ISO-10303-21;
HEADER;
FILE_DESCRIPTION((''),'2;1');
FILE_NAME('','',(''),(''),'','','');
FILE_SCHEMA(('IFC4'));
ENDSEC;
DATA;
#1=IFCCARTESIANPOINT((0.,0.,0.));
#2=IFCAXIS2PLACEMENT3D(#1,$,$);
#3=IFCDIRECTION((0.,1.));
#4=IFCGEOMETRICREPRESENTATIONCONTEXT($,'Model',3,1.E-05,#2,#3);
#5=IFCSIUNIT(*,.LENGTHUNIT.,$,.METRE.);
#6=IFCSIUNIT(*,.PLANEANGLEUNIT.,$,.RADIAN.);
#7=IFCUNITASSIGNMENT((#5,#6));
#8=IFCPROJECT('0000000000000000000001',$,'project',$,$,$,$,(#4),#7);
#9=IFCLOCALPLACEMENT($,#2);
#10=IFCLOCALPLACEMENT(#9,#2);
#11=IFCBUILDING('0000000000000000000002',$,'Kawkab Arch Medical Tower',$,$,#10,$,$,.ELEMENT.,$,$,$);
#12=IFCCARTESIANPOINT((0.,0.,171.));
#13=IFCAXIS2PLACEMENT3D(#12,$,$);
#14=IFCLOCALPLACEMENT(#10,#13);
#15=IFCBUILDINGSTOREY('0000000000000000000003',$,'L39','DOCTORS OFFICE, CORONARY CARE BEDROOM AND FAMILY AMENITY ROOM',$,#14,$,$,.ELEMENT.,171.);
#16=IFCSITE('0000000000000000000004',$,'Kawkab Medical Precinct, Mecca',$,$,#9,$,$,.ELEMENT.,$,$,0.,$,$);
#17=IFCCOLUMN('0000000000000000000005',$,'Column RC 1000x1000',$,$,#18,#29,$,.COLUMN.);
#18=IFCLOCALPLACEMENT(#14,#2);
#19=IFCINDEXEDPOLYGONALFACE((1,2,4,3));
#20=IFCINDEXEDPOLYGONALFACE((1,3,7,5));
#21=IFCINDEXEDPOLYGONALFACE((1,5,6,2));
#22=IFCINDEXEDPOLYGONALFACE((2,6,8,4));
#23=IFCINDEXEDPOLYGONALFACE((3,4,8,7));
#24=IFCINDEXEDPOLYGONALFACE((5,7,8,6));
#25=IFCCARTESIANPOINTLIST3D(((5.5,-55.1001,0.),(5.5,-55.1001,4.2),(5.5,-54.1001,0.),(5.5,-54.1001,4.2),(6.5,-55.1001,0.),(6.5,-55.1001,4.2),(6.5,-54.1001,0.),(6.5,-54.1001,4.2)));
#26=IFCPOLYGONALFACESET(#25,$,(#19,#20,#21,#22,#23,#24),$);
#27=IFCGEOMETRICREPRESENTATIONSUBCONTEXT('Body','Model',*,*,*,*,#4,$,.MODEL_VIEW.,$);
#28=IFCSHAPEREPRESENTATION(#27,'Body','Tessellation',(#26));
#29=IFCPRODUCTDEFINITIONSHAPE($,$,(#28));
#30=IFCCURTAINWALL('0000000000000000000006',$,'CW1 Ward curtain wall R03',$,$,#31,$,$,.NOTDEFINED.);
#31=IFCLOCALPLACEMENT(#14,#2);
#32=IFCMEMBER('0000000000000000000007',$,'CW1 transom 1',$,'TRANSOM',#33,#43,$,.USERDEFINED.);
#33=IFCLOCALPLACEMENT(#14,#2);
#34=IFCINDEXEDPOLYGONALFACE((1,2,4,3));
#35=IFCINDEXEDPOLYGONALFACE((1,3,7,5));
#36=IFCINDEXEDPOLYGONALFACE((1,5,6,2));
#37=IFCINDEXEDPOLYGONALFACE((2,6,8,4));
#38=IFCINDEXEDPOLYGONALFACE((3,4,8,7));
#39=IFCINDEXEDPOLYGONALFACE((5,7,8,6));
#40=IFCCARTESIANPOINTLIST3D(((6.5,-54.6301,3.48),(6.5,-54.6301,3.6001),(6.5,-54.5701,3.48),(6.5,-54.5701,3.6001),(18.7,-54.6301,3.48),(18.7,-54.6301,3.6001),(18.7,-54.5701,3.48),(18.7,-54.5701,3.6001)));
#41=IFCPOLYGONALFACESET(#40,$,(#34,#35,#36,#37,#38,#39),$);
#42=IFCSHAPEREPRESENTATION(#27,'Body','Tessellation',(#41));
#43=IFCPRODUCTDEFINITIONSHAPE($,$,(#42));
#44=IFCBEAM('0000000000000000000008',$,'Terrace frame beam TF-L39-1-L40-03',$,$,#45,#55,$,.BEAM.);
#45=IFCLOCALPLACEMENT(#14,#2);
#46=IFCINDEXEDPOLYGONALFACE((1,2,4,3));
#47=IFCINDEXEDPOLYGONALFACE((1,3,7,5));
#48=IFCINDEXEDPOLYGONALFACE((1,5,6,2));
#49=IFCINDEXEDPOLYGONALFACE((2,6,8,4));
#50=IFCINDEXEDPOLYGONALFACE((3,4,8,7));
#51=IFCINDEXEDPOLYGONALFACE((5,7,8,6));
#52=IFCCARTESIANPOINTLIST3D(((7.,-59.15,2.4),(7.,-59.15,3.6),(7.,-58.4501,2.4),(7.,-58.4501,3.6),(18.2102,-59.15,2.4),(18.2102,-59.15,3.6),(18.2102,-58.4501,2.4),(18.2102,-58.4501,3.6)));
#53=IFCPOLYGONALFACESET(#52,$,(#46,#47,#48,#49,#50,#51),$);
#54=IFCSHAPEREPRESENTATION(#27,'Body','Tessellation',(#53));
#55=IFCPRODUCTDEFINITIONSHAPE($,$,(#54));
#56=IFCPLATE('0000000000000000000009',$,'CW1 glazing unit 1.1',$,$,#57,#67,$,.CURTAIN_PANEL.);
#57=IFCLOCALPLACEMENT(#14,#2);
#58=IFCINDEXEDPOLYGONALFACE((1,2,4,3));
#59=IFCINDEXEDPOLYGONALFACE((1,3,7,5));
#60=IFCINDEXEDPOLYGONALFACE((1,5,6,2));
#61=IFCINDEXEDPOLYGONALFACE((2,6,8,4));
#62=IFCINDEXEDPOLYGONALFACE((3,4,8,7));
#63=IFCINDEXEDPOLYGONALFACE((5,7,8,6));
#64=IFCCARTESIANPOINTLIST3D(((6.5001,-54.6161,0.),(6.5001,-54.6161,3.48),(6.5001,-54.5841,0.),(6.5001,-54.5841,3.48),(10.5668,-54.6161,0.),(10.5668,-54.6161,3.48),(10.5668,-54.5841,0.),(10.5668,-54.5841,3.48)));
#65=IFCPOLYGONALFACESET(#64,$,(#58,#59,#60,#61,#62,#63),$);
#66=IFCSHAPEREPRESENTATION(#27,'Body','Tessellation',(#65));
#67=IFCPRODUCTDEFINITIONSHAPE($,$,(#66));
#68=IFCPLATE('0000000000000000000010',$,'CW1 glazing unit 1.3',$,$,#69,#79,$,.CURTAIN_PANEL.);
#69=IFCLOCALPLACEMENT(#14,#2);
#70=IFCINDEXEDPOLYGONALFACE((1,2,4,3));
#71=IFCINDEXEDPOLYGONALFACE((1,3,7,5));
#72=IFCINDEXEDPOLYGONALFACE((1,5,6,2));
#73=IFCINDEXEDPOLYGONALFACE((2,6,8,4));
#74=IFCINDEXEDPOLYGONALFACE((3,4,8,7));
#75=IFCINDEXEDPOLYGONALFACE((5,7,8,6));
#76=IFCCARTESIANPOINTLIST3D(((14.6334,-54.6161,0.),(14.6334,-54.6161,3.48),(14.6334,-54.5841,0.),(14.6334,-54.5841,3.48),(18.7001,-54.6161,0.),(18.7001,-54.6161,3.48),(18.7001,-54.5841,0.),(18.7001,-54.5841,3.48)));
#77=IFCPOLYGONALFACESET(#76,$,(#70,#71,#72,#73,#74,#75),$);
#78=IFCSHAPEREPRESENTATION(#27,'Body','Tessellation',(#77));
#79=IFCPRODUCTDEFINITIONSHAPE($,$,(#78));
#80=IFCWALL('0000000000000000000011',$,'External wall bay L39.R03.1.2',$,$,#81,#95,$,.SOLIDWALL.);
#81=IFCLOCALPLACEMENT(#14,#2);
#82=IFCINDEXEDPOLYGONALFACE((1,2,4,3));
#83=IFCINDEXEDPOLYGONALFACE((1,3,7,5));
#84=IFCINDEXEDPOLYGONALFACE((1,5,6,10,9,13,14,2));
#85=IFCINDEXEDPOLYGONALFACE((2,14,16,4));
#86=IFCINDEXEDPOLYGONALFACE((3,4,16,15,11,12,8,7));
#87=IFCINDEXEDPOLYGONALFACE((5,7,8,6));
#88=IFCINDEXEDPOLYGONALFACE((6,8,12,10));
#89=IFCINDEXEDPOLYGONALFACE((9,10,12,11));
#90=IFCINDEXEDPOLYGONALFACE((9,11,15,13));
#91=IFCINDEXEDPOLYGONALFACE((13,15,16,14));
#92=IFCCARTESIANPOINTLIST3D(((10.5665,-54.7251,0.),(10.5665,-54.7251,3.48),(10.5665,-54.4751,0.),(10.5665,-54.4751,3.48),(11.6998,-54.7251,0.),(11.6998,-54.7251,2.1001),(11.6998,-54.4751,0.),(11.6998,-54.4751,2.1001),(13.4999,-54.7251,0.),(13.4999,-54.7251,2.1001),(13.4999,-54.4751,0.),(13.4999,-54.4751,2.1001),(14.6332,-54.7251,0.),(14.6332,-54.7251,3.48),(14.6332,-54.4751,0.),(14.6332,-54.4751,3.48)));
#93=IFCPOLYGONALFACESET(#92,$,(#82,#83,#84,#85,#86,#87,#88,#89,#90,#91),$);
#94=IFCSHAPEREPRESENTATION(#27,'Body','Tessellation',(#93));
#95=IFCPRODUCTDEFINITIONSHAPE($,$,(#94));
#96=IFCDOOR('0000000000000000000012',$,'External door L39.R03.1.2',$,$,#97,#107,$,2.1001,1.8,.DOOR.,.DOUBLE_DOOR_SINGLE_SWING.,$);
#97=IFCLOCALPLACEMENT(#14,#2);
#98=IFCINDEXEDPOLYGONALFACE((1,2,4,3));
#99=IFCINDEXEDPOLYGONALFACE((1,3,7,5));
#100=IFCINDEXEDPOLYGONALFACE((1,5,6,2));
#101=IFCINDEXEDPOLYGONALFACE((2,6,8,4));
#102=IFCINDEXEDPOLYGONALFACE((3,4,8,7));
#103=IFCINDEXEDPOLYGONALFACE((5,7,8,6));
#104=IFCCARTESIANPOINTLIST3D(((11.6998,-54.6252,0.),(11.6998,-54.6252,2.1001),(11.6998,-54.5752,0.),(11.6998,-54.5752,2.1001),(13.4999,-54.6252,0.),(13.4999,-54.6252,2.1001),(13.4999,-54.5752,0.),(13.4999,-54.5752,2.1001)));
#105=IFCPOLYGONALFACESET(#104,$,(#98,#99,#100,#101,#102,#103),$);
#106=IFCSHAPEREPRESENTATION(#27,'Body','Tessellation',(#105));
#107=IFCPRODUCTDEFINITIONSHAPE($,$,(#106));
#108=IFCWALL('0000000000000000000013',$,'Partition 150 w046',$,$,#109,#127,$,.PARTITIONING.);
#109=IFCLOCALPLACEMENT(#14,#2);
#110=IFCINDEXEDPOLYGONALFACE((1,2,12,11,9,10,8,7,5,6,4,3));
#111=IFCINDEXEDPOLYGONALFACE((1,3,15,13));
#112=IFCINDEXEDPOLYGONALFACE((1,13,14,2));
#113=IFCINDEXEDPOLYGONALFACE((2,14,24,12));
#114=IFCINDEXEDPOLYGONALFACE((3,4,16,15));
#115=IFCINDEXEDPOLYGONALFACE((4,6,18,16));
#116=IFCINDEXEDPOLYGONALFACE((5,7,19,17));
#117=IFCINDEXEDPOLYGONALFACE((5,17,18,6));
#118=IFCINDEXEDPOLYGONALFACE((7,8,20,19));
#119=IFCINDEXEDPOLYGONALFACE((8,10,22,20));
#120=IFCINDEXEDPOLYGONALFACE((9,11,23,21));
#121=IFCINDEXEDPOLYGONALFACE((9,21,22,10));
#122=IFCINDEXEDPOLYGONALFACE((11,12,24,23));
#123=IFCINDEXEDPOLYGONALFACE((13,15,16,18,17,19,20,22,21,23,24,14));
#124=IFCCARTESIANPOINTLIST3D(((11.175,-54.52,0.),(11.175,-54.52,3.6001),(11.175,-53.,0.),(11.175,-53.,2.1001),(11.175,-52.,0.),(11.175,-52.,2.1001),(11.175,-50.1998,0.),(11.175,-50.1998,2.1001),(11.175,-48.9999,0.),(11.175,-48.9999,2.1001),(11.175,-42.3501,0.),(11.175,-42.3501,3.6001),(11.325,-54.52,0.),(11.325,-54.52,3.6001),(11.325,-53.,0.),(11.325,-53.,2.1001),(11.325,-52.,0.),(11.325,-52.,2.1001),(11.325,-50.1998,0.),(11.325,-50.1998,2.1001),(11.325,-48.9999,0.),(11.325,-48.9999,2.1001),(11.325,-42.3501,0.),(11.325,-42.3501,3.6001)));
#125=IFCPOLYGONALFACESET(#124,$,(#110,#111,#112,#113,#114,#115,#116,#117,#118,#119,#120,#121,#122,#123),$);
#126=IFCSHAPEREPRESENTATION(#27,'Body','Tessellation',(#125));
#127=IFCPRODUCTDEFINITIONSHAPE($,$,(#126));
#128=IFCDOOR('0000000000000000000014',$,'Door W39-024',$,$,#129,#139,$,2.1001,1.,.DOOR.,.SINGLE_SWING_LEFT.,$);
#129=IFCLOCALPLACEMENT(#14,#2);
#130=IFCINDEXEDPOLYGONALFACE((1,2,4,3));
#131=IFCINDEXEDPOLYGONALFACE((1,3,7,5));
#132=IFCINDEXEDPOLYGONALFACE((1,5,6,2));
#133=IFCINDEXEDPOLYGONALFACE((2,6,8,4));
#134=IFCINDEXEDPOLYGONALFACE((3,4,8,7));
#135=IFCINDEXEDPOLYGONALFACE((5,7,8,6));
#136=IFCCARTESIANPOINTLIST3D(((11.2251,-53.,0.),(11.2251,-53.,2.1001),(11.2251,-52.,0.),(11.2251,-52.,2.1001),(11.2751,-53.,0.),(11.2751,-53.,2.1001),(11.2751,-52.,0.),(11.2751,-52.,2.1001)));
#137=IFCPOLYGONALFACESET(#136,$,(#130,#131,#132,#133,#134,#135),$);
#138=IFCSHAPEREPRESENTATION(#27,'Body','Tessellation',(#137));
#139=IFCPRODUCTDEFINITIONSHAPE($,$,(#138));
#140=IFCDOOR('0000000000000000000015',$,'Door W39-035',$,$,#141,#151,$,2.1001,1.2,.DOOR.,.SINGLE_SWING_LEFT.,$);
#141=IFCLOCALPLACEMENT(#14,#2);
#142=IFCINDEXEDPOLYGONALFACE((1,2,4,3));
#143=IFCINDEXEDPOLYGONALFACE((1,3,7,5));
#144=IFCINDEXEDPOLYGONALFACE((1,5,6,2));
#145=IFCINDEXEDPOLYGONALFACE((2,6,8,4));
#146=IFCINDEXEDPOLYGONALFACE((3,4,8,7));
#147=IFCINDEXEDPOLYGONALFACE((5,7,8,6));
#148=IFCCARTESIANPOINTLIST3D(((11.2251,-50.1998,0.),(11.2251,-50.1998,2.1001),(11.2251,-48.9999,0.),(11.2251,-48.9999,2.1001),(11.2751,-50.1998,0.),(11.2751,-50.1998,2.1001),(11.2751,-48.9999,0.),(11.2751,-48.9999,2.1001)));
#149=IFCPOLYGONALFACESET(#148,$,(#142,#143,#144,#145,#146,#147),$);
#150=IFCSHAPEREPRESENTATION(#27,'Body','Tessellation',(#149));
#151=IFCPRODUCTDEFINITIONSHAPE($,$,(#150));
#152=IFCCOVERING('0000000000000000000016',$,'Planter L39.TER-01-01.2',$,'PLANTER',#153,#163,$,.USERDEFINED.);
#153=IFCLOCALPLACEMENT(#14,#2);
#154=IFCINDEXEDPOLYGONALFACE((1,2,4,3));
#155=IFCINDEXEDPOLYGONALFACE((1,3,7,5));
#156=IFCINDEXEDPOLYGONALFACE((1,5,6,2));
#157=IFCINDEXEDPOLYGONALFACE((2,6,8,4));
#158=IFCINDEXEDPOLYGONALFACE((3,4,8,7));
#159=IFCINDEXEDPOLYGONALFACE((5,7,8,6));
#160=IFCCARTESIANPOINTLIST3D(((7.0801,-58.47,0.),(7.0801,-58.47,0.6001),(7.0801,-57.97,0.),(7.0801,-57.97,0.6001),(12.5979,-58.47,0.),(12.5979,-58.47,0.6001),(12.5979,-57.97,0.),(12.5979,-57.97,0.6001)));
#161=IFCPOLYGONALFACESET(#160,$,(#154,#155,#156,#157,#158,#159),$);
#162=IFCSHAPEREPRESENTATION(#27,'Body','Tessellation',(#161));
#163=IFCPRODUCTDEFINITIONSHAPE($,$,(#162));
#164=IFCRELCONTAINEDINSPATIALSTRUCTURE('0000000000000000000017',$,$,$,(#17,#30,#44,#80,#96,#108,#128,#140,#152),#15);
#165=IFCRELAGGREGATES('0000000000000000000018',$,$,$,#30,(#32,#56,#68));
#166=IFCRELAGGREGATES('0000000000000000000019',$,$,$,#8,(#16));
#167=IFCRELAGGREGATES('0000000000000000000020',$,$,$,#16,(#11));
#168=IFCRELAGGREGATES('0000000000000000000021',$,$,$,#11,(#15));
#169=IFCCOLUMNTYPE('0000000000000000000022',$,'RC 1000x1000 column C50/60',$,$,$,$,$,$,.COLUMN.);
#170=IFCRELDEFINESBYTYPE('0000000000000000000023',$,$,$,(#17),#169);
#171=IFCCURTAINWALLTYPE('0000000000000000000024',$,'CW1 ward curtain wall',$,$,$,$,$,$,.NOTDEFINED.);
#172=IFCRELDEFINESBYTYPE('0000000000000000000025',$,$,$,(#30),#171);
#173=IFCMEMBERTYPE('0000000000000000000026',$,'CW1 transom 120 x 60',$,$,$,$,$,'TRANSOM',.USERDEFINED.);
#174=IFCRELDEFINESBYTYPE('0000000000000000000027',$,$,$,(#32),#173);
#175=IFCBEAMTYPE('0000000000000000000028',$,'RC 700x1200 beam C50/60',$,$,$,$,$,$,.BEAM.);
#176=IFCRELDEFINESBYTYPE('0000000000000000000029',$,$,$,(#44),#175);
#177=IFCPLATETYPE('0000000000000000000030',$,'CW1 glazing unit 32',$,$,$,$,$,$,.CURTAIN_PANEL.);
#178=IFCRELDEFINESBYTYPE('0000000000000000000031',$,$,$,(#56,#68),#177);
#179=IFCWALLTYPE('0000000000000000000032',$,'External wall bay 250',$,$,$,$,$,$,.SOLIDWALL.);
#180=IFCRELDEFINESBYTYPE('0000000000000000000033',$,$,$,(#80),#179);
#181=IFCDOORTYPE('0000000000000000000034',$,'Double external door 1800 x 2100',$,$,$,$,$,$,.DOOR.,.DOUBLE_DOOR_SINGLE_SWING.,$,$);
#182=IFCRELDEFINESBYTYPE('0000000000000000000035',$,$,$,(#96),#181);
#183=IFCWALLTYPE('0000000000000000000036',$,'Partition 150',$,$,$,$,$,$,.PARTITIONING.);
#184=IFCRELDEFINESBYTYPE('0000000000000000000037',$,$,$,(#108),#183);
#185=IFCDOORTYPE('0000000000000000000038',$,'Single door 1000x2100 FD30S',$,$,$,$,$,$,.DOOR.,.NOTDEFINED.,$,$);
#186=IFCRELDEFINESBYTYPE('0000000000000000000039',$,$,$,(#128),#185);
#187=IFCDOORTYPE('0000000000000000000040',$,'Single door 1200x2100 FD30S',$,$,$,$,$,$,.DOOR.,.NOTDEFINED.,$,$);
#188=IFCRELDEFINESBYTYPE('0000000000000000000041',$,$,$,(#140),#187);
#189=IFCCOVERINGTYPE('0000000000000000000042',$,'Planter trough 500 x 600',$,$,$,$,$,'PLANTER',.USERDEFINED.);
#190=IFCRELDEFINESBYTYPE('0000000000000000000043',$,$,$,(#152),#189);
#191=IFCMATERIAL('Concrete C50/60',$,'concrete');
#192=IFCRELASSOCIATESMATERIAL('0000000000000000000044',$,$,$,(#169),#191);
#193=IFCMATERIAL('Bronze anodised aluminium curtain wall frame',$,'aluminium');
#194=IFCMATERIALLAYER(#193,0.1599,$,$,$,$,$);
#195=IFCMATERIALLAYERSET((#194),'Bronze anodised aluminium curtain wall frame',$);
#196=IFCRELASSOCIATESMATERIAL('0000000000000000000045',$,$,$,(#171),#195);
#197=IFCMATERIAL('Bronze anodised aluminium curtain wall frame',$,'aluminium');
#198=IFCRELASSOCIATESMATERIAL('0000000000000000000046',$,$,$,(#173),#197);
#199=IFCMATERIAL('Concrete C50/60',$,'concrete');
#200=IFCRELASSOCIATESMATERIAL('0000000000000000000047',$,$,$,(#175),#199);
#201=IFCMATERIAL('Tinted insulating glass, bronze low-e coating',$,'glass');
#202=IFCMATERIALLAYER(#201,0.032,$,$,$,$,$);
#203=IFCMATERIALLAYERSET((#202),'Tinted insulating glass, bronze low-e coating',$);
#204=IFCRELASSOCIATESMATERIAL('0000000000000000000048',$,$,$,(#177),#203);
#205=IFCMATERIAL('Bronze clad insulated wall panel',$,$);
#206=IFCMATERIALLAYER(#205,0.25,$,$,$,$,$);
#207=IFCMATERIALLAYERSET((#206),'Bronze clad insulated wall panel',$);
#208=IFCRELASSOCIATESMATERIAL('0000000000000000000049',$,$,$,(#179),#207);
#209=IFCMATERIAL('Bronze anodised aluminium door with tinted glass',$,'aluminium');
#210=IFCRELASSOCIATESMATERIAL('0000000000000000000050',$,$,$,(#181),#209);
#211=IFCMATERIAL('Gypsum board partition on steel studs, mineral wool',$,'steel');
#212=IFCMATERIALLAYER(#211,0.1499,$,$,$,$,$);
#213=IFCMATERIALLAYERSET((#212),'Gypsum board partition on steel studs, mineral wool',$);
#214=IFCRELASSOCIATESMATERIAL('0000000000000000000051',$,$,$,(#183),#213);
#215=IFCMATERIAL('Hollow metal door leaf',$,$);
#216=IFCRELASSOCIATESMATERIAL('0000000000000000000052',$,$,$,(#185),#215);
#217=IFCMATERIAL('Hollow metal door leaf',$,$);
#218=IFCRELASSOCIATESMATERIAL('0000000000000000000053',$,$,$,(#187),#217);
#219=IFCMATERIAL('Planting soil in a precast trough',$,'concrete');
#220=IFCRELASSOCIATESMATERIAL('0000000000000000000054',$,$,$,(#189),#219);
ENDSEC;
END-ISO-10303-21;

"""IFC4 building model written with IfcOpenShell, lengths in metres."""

from ifc_helpers import new_model, si_unit, direction, frame, frame_2d, origin, origin_2d, place, context, subcontext, project, spatial, rectangle, extrude, material, layer, layer_set, material_profile, profile_set, type_object, element, fill, aggregate, save


model = new_model("IFC4")

# Units and contexts
model_context = context("Model", 3, precision=1e-05, world=origin(), true_north=direction((0.0, 1.0)))
body_context = subcontext(model_context, "Body", "Model", "MODEL_VIEW")
ifc_project = project(units=[si_unit("LENGTHUNIT", "METRE"), si_unit("PLANEANGLEUNIT", "RADIAN")], contexts=[model_context])

# Site, building, storey
site_placement = place(None, origin())
site = spatial("IfcSite", under=ifc_project, at=site_placement, Name="Kawkab Medical Precinct, Mecca", CompositionType="ELEMENT", RefElevation=0.0)
building_placement = place(site_placement, origin())
building = spatial("IfcBuilding", under=site, at=building_placement, Name="Kawkab Arch Medical Tower", CompositionType="ELEMENT")
storey_placement = place(building_placement, frame((0.0, 0.0, 171.0)))
storey = spatial("IfcBuildingStorey", under=building, at=storey_placement, Name="L39", Description="DOCTORS OFFICE, CORONARY CARE BEDROOM AND FAMILY AMENITY ROOM", CompositionType="ELEMENT", Elevation=171.0)

# Column
ifc_material_1 = material(Name="Concrete C50/60", Category="concrete")
ifc_material_profile_1 = material_profile(ifc_material_1, rectangle(XDim=1.0, YDim=1.0, at=origin_2d()), Name="RC 1000x1000")
ifc_profile_set_1 = profile_set([ifc_material_profile_1], Name="Concrete C50/60")
column_type = type_object("IfcColumnType", Name="RC 1000x1000 column C50/60", PredefinedType="COLUMN", material=ifc_profile_set_1)
column_placement = place(storey_placement, frame((6.0, -54.6001, 0.0), z_axis=(0.0, 0.0, 1.0), x_axis=(1.0, 0.0, 0.0)))
element("IfcColumn", 1, at=column_placement, inside=storey, type_object=column_type, Name="Column RC 1000x1000", PredefinedType="COLUMN", context=body_context, shape_type="SweptSolid", body=[
    extrude(rectangle(XDim=1.0, YDim=1.0, at=origin_2d()), origin(), (0.0, 0.0, 1.0), 4.2),
])

# Curtain wall, member
ifc_material_2 = material(Name="Bronze anodised aluminium curtain wall frame", Category="aluminium")
ifc_layer_1 = layer(ifc_material_2, 0.1599)
ifc_layer_set_1 = layer_set([ifc_layer_1], Name="Bronze anodised aluminium curtain wall frame")
curtain_wall_type = type_object("IfcCurtainWallType", Name="CW1 ward curtain wall", PredefinedType="NOTDEFINED", material=ifc_layer_set_1)
curtain_wall_placement = place(storey_placement, origin())
curtain_wall = element("IfcCurtainWall", 2, at=curtain_wall_placement, inside=storey, type_object=curtain_wall_type, Name="CW1 Ward curtain wall R03", PredefinedType="NOTDEFINED")
ifc_material_3 = material(Name="Bronze anodised aluminium curtain wall frame", Category="aluminium")
ifc_material_profile_2 = material_profile(ifc_material_3, rectangle(XDim=0.0601, YDim=0.1201, at=origin_2d()), Name="AL 60x120")
ifc_profile_set_2 = profile_set([ifc_material_profile_2], Name="Bronze anodised aluminium curtain wall frame")
member_type = type_object("IfcMemberType", Name="CW1 transom 120 x 60", ElementType="TRANSOM", PredefinedType="USERDEFINED", material=ifc_profile_set_2)
member_placement = place(storey_placement, frame((6.5, -54.6001, 3.54), z_axis=(1.0, 0.0, 0.0), x_axis=(0.0, 1.0, 0.0)))
member = element("IfcMember", 3, at=member_placement, type_object=member_type, Name="CW1 transom 1", ObjectType="TRANSOM", PredefinedType="USERDEFINED", context=body_context, shape_type="SweptSolid", body=[
    extrude(rectangle(XDim=0.0601, YDim=0.1201, at=origin_2d()), origin(), (0.0, 0.0, 1.0), 12.2),
])

# Beam
ifc_material_4 = material(Name="Concrete C50/60", Category="concrete")
ifc_material_profile_3 = material_profile(ifc_material_4, rectangle(XDim=0.7, YDim=1.2, at=origin_2d()), Name="RC 700x1200")
ifc_profile_set_3 = profile_set([ifc_material_profile_3], Name="Concrete C50/60")
beam_type = type_object("IfcBeamType", Name="RC 700x1200 beam C50/60", PredefinedType="BEAM", material=ifc_profile_set_3)
beam_placement = place(storey_placement, frame((18.2102, -58.8, 3.0), z_axis=(-1.0, 0.0, 0.0), x_axis=(0.0, -1.0, 0.0)))
element("IfcBeam", 4, at=beam_placement, inside=storey, type_object=beam_type, Name="Terrace frame beam TF-L39-1-L40-03", PredefinedType="BEAM", context=body_context, shape_type="SweptSolid", body=[
    extrude(rectangle(XDim=0.7, YDim=1.2, at=origin_2d()), origin(), (0.0, 0.0, 1.0), 11.2102),
])

# Plates
ifc_material_5 = material(Name="Tinted insulating glass, bronze low-e coating", Category="glass")
ifc_layer_2 = layer(ifc_material_5, 0.032)
ifc_layer_set_2 = layer_set([ifc_layer_2], Name="Tinted insulating glass, bronze low-e coating")
plate_type = type_object("IfcPlateType", Name="CW1 glazing unit 32", PredefinedType="CURTAIN_PANEL", material=ifc_layer_set_2)
plate_1_placement = place(storey_placement, frame((8.5334, -54.6001, 0.0), z_axis=(0.0, 0.0, 1.0), x_axis=(1.0, 0.0, 0.0)))
plate_1 = element("IfcPlate", 5, at=plate_1_placement, type_object=plate_type, Name="CW1 glazing unit 1.1", PredefinedType="CURTAIN_PANEL", context=body_context, shape_type="SweptSolid", body=[
    extrude(rectangle(XDim=4.0667, YDim=0.032, at=origin_2d()), origin(), (0.0, 0.0, 1.0), 3.48),
])
plate_2_placement = place(storey_placement, frame((16.6667, -54.6001, 0.0), z_axis=(0.0, 0.0, 1.0), x_axis=(1.0, 0.0, 0.0)))
plate_2 = element("IfcPlate", 6, at=plate_2_placement, type_object=plate_type, Name="CW1 glazing unit 1.3", PredefinedType="CURTAIN_PANEL", context=body_context, shape_type="SweptSolid", body=[
    extrude(rectangle(XDim=4.0667, YDim=0.032, at=origin_2d()), origin(), (0.0, 0.0, 1.0), 3.48),
])
aggregate(curtain_wall, [member, plate_1, plate_2])

# Wall, opening, door
ifc_material_6 = material(Name="Bronze clad insulated wall panel")
ifc_layer_3 = layer(ifc_material_6, 0.25)
ifc_layer_set_3 = layer_set([ifc_layer_3], Name="Bronze clad insulated wall panel")
wall_type_1 = type_object("IfcWallType", Name="External wall bay 250", PredefinedType="SOLIDWALL", material=ifc_layer_set_3)
wall_1_placement = place(storey_placement, frame((10.5667, -54.6001, 0.0), z_axis=(0.0, 0.0, 1.0), x_axis=(1.0, 0.0, 0.0)))
wall_1 = element("IfcWall", 7, at=wall_1_placement, inside=storey, type_object=wall_type_1, Name="External wall bay L39.R03.1.2", PredefinedType="SOLIDWALL", context=body_context, shape_type="SweptSolid", body=[
    extrude(rectangle(XDim=4.0667, YDim=0.25, at=frame_2d((2.0332, 0.0))), origin(), (0.0, 0.0, 1.0), 3.48),
])
opening_1_placement = place(wall_1_placement, frame((1.1333, 0.0, 0.0)))
opening_1 = element("IfcOpeningElement", 8, at=opening_1_placement, cuts=wall_1, PredefinedType="OPENING", context=body_context, shape_type="SweptSolid", body=[
    extrude(rectangle(XDim=1.8, YDim=2.1001, at=frame_2d((0.8999, 1.05))), frame((0.0, 0.135, 0.0), z_axis=(0.0, -1.0, 0.0), x_axis=(1.0, 0.0, 0.0)), (0.0, 0.0, 1.0), 0.27),
])
ifc_material_7 = material(Name="Bronze anodised aluminium door with tinted glass", Category="aluminium")
door_type_1 = type_object("IfcDoorType", Name="Double external door 1800 x 2100", OperationType="DOUBLE_DOOR_SINGLE_SWING", PredefinedType="DOOR", material=ifc_material_7)
door_1_placement = place(opening_1_placement, origin())
door_1 = element("IfcDoor", 9, at=door_1_placement, inside=storey, type_object=door_type_1, Name="External door L39.R03.1.2", OperationType="DOUBLE_DOOR_SINGLE_SWING", OverallHeight=2.1001, OverallWidth=1.8, PredefinedType="DOOR", context=body_context, shape_type="SweptSolid", body=[
    extrude(rectangle(XDim=1.8, YDim=2.1001, at=frame_2d((0.8999, 1.05))), frame((0.0, 0.0249, 0.0), z_axis=(0.0, -1.0, 0.0), x_axis=(1.0, 0.0, 0.0)), (0.0, 0.0, 1.0), 0.05),
])
fill(opening_1, door_1)

# Wall, openings, doors
ifc_material_8 = material(Name="Gypsum board partition on steel studs, mineral wool", Category="steel")
ifc_layer_4 = layer(ifc_material_8, 0.1499)
ifc_layer_set_4 = layer_set([ifc_layer_4], Name="Gypsum board partition on steel studs, mineral wool")
wall_type_2 = type_object("IfcWallType", Name="Partition 150", PredefinedType="PARTITIONING", material=ifc_layer_set_4)
wall_2_placement = place(storey_placement, frame((11.25, -54.52, 0.0), z_axis=(0.0, 0.0, 1.0), x_axis=(0.0, 1.0, 0.0)))
wall_2 = element("IfcWall", 10, at=wall_2_placement, inside=storey, type_object=wall_type_2, Name="Partition 150 w046", PredefinedType="PARTITIONING", context=body_context, shape_type="SweptSolid", body=[
    extrude(rectangle(XDim=12.1699, YDim=0.1499, at=frame_2d((6.085, 0.0))), origin(), (0.0, 0.0, 1.0), 3.6001),
])
opening_2_placement = place(wall_2_placement, frame((4.3201, 0.0, 0.0)))
opening_2 = element("IfcOpeningElement", 11, at=opening_2_placement, cuts=wall_2, PredefinedType="OPENING", context=body_context, shape_type="SweptSolid", body=[
    extrude(rectangle(XDim=1.2, YDim=2.1001, at=frame_2d((0.6001, 1.05))), frame((0.0, 0.085, 0.0), z_axis=(0.0, -1.0, 0.0), x_axis=(1.0, 0.0, 0.0)), (0.0, 0.0, 1.0), 0.1699),
])
opening_3_placement = place(wall_2_placement, frame((1.52, 0.0, 0.0)))
opening_3 = element("IfcOpeningElement", 12, at=opening_3_placement, cuts=wall_2, PredefinedType="OPENING", context=body_context, shape_type="SweptSolid", body=[
    extrude(rectangle(XDim=1.0, YDim=2.1001, at=frame_2d((0.5, 1.05))), frame((0.0, 0.085, 0.0), z_axis=(0.0, -1.0, 0.0), x_axis=(1.0, 0.0, 0.0)), (0.0, 0.0, 1.0), 0.1699),
])
ifc_material_9 = material(Name="Hollow metal door leaf")
door_type_2 = type_object("IfcDoorType", Name="Single door 1000x2100 FD30S", OperationType="NOTDEFINED", PredefinedType="DOOR", material=ifc_material_9)
door_2_placement = place(opening_3_placement, origin())
door_2 = element("IfcDoor", 13, at=door_2_placement, inside=storey, type_object=door_type_2, Name="Door W39-024", OperationType="SINGLE_SWING_LEFT", OverallHeight=2.1001, OverallWidth=1.0, PredefinedType="DOOR", context=body_context, shape_type="SweptSolid", body=[
    extrude(rectangle(XDim=1.0, YDim=2.1001, at=frame_2d((0.5, 1.05))), frame((0.0, 0.0249, 0.0), z_axis=(0.0, -1.0, 0.0), x_axis=(1.0, 0.0, 0.0)), (0.0, 0.0, 1.0), 0.05),
])
fill(opening_3, door_2)
ifc_material_10 = material(Name="Hollow metal door leaf")
door_type_3 = type_object("IfcDoorType", Name="Single door 1200x2100 FD30S", OperationType="NOTDEFINED", PredefinedType="DOOR", material=ifc_material_10)
door_3_placement = place(opening_2_placement, origin())
door_3 = element("IfcDoor", 14, at=door_3_placement, inside=storey, type_object=door_type_3, Name="Door W39-035", OperationType="SINGLE_SWING_LEFT", OverallHeight=2.1001, OverallWidth=1.2, PredefinedType="DOOR", context=body_context, shape_type="SweptSolid", body=[
    extrude(rectangle(XDim=1.2, YDim=2.1001, at=frame_2d((0.6001, 1.05))), frame((0.0, 0.0249, 0.0), z_axis=(0.0, -1.0, 0.0), x_axis=(1.0, 0.0, 0.0)), (0.0, 0.0, 1.0), 0.05),
])
fill(opening_2, door_3)

# Covering
ifc_material_11 = material(Name="Planting soil in a precast trough", Category="concrete")
ifc_material_profile_4 = material_profile(ifc_material_11, rectangle(XDim=0.5, YDim=0.6001, at=origin_2d()), Name="Trough 500x600")
ifc_profile_set_4 = profile_set([ifc_material_profile_4], Name="Planting soil in a precast trough")
covering_type = type_object("IfcCoveringType", Name="Planter trough 500 x 600", ElementType="PLANTER", PredefinedType="USERDEFINED", material=ifc_profile_set_4)
covering_1_placement = place(storey_placement, frame((7.0801, -58.22, 0.3), z_axis=(1.0, 0.0, 0.0), x_axis=(0.0, 1.0, 0.0)))
element("IfcCovering", 15, at=covering_1_placement, inside=storey, type_object=covering_type, Name="Planter L39.TER-01-01.2", ObjectType="PLANTER", PredefinedType="USERDEFINED", context=body_context, shape_type="SweptSolid", body=[
    extrude(rectangle(XDim=0.5, YDim=0.6001, at=origin_2d()), origin(), (0.0, 0.0, 1.0), 5.5178),
])

save(model, "model.ifc")
